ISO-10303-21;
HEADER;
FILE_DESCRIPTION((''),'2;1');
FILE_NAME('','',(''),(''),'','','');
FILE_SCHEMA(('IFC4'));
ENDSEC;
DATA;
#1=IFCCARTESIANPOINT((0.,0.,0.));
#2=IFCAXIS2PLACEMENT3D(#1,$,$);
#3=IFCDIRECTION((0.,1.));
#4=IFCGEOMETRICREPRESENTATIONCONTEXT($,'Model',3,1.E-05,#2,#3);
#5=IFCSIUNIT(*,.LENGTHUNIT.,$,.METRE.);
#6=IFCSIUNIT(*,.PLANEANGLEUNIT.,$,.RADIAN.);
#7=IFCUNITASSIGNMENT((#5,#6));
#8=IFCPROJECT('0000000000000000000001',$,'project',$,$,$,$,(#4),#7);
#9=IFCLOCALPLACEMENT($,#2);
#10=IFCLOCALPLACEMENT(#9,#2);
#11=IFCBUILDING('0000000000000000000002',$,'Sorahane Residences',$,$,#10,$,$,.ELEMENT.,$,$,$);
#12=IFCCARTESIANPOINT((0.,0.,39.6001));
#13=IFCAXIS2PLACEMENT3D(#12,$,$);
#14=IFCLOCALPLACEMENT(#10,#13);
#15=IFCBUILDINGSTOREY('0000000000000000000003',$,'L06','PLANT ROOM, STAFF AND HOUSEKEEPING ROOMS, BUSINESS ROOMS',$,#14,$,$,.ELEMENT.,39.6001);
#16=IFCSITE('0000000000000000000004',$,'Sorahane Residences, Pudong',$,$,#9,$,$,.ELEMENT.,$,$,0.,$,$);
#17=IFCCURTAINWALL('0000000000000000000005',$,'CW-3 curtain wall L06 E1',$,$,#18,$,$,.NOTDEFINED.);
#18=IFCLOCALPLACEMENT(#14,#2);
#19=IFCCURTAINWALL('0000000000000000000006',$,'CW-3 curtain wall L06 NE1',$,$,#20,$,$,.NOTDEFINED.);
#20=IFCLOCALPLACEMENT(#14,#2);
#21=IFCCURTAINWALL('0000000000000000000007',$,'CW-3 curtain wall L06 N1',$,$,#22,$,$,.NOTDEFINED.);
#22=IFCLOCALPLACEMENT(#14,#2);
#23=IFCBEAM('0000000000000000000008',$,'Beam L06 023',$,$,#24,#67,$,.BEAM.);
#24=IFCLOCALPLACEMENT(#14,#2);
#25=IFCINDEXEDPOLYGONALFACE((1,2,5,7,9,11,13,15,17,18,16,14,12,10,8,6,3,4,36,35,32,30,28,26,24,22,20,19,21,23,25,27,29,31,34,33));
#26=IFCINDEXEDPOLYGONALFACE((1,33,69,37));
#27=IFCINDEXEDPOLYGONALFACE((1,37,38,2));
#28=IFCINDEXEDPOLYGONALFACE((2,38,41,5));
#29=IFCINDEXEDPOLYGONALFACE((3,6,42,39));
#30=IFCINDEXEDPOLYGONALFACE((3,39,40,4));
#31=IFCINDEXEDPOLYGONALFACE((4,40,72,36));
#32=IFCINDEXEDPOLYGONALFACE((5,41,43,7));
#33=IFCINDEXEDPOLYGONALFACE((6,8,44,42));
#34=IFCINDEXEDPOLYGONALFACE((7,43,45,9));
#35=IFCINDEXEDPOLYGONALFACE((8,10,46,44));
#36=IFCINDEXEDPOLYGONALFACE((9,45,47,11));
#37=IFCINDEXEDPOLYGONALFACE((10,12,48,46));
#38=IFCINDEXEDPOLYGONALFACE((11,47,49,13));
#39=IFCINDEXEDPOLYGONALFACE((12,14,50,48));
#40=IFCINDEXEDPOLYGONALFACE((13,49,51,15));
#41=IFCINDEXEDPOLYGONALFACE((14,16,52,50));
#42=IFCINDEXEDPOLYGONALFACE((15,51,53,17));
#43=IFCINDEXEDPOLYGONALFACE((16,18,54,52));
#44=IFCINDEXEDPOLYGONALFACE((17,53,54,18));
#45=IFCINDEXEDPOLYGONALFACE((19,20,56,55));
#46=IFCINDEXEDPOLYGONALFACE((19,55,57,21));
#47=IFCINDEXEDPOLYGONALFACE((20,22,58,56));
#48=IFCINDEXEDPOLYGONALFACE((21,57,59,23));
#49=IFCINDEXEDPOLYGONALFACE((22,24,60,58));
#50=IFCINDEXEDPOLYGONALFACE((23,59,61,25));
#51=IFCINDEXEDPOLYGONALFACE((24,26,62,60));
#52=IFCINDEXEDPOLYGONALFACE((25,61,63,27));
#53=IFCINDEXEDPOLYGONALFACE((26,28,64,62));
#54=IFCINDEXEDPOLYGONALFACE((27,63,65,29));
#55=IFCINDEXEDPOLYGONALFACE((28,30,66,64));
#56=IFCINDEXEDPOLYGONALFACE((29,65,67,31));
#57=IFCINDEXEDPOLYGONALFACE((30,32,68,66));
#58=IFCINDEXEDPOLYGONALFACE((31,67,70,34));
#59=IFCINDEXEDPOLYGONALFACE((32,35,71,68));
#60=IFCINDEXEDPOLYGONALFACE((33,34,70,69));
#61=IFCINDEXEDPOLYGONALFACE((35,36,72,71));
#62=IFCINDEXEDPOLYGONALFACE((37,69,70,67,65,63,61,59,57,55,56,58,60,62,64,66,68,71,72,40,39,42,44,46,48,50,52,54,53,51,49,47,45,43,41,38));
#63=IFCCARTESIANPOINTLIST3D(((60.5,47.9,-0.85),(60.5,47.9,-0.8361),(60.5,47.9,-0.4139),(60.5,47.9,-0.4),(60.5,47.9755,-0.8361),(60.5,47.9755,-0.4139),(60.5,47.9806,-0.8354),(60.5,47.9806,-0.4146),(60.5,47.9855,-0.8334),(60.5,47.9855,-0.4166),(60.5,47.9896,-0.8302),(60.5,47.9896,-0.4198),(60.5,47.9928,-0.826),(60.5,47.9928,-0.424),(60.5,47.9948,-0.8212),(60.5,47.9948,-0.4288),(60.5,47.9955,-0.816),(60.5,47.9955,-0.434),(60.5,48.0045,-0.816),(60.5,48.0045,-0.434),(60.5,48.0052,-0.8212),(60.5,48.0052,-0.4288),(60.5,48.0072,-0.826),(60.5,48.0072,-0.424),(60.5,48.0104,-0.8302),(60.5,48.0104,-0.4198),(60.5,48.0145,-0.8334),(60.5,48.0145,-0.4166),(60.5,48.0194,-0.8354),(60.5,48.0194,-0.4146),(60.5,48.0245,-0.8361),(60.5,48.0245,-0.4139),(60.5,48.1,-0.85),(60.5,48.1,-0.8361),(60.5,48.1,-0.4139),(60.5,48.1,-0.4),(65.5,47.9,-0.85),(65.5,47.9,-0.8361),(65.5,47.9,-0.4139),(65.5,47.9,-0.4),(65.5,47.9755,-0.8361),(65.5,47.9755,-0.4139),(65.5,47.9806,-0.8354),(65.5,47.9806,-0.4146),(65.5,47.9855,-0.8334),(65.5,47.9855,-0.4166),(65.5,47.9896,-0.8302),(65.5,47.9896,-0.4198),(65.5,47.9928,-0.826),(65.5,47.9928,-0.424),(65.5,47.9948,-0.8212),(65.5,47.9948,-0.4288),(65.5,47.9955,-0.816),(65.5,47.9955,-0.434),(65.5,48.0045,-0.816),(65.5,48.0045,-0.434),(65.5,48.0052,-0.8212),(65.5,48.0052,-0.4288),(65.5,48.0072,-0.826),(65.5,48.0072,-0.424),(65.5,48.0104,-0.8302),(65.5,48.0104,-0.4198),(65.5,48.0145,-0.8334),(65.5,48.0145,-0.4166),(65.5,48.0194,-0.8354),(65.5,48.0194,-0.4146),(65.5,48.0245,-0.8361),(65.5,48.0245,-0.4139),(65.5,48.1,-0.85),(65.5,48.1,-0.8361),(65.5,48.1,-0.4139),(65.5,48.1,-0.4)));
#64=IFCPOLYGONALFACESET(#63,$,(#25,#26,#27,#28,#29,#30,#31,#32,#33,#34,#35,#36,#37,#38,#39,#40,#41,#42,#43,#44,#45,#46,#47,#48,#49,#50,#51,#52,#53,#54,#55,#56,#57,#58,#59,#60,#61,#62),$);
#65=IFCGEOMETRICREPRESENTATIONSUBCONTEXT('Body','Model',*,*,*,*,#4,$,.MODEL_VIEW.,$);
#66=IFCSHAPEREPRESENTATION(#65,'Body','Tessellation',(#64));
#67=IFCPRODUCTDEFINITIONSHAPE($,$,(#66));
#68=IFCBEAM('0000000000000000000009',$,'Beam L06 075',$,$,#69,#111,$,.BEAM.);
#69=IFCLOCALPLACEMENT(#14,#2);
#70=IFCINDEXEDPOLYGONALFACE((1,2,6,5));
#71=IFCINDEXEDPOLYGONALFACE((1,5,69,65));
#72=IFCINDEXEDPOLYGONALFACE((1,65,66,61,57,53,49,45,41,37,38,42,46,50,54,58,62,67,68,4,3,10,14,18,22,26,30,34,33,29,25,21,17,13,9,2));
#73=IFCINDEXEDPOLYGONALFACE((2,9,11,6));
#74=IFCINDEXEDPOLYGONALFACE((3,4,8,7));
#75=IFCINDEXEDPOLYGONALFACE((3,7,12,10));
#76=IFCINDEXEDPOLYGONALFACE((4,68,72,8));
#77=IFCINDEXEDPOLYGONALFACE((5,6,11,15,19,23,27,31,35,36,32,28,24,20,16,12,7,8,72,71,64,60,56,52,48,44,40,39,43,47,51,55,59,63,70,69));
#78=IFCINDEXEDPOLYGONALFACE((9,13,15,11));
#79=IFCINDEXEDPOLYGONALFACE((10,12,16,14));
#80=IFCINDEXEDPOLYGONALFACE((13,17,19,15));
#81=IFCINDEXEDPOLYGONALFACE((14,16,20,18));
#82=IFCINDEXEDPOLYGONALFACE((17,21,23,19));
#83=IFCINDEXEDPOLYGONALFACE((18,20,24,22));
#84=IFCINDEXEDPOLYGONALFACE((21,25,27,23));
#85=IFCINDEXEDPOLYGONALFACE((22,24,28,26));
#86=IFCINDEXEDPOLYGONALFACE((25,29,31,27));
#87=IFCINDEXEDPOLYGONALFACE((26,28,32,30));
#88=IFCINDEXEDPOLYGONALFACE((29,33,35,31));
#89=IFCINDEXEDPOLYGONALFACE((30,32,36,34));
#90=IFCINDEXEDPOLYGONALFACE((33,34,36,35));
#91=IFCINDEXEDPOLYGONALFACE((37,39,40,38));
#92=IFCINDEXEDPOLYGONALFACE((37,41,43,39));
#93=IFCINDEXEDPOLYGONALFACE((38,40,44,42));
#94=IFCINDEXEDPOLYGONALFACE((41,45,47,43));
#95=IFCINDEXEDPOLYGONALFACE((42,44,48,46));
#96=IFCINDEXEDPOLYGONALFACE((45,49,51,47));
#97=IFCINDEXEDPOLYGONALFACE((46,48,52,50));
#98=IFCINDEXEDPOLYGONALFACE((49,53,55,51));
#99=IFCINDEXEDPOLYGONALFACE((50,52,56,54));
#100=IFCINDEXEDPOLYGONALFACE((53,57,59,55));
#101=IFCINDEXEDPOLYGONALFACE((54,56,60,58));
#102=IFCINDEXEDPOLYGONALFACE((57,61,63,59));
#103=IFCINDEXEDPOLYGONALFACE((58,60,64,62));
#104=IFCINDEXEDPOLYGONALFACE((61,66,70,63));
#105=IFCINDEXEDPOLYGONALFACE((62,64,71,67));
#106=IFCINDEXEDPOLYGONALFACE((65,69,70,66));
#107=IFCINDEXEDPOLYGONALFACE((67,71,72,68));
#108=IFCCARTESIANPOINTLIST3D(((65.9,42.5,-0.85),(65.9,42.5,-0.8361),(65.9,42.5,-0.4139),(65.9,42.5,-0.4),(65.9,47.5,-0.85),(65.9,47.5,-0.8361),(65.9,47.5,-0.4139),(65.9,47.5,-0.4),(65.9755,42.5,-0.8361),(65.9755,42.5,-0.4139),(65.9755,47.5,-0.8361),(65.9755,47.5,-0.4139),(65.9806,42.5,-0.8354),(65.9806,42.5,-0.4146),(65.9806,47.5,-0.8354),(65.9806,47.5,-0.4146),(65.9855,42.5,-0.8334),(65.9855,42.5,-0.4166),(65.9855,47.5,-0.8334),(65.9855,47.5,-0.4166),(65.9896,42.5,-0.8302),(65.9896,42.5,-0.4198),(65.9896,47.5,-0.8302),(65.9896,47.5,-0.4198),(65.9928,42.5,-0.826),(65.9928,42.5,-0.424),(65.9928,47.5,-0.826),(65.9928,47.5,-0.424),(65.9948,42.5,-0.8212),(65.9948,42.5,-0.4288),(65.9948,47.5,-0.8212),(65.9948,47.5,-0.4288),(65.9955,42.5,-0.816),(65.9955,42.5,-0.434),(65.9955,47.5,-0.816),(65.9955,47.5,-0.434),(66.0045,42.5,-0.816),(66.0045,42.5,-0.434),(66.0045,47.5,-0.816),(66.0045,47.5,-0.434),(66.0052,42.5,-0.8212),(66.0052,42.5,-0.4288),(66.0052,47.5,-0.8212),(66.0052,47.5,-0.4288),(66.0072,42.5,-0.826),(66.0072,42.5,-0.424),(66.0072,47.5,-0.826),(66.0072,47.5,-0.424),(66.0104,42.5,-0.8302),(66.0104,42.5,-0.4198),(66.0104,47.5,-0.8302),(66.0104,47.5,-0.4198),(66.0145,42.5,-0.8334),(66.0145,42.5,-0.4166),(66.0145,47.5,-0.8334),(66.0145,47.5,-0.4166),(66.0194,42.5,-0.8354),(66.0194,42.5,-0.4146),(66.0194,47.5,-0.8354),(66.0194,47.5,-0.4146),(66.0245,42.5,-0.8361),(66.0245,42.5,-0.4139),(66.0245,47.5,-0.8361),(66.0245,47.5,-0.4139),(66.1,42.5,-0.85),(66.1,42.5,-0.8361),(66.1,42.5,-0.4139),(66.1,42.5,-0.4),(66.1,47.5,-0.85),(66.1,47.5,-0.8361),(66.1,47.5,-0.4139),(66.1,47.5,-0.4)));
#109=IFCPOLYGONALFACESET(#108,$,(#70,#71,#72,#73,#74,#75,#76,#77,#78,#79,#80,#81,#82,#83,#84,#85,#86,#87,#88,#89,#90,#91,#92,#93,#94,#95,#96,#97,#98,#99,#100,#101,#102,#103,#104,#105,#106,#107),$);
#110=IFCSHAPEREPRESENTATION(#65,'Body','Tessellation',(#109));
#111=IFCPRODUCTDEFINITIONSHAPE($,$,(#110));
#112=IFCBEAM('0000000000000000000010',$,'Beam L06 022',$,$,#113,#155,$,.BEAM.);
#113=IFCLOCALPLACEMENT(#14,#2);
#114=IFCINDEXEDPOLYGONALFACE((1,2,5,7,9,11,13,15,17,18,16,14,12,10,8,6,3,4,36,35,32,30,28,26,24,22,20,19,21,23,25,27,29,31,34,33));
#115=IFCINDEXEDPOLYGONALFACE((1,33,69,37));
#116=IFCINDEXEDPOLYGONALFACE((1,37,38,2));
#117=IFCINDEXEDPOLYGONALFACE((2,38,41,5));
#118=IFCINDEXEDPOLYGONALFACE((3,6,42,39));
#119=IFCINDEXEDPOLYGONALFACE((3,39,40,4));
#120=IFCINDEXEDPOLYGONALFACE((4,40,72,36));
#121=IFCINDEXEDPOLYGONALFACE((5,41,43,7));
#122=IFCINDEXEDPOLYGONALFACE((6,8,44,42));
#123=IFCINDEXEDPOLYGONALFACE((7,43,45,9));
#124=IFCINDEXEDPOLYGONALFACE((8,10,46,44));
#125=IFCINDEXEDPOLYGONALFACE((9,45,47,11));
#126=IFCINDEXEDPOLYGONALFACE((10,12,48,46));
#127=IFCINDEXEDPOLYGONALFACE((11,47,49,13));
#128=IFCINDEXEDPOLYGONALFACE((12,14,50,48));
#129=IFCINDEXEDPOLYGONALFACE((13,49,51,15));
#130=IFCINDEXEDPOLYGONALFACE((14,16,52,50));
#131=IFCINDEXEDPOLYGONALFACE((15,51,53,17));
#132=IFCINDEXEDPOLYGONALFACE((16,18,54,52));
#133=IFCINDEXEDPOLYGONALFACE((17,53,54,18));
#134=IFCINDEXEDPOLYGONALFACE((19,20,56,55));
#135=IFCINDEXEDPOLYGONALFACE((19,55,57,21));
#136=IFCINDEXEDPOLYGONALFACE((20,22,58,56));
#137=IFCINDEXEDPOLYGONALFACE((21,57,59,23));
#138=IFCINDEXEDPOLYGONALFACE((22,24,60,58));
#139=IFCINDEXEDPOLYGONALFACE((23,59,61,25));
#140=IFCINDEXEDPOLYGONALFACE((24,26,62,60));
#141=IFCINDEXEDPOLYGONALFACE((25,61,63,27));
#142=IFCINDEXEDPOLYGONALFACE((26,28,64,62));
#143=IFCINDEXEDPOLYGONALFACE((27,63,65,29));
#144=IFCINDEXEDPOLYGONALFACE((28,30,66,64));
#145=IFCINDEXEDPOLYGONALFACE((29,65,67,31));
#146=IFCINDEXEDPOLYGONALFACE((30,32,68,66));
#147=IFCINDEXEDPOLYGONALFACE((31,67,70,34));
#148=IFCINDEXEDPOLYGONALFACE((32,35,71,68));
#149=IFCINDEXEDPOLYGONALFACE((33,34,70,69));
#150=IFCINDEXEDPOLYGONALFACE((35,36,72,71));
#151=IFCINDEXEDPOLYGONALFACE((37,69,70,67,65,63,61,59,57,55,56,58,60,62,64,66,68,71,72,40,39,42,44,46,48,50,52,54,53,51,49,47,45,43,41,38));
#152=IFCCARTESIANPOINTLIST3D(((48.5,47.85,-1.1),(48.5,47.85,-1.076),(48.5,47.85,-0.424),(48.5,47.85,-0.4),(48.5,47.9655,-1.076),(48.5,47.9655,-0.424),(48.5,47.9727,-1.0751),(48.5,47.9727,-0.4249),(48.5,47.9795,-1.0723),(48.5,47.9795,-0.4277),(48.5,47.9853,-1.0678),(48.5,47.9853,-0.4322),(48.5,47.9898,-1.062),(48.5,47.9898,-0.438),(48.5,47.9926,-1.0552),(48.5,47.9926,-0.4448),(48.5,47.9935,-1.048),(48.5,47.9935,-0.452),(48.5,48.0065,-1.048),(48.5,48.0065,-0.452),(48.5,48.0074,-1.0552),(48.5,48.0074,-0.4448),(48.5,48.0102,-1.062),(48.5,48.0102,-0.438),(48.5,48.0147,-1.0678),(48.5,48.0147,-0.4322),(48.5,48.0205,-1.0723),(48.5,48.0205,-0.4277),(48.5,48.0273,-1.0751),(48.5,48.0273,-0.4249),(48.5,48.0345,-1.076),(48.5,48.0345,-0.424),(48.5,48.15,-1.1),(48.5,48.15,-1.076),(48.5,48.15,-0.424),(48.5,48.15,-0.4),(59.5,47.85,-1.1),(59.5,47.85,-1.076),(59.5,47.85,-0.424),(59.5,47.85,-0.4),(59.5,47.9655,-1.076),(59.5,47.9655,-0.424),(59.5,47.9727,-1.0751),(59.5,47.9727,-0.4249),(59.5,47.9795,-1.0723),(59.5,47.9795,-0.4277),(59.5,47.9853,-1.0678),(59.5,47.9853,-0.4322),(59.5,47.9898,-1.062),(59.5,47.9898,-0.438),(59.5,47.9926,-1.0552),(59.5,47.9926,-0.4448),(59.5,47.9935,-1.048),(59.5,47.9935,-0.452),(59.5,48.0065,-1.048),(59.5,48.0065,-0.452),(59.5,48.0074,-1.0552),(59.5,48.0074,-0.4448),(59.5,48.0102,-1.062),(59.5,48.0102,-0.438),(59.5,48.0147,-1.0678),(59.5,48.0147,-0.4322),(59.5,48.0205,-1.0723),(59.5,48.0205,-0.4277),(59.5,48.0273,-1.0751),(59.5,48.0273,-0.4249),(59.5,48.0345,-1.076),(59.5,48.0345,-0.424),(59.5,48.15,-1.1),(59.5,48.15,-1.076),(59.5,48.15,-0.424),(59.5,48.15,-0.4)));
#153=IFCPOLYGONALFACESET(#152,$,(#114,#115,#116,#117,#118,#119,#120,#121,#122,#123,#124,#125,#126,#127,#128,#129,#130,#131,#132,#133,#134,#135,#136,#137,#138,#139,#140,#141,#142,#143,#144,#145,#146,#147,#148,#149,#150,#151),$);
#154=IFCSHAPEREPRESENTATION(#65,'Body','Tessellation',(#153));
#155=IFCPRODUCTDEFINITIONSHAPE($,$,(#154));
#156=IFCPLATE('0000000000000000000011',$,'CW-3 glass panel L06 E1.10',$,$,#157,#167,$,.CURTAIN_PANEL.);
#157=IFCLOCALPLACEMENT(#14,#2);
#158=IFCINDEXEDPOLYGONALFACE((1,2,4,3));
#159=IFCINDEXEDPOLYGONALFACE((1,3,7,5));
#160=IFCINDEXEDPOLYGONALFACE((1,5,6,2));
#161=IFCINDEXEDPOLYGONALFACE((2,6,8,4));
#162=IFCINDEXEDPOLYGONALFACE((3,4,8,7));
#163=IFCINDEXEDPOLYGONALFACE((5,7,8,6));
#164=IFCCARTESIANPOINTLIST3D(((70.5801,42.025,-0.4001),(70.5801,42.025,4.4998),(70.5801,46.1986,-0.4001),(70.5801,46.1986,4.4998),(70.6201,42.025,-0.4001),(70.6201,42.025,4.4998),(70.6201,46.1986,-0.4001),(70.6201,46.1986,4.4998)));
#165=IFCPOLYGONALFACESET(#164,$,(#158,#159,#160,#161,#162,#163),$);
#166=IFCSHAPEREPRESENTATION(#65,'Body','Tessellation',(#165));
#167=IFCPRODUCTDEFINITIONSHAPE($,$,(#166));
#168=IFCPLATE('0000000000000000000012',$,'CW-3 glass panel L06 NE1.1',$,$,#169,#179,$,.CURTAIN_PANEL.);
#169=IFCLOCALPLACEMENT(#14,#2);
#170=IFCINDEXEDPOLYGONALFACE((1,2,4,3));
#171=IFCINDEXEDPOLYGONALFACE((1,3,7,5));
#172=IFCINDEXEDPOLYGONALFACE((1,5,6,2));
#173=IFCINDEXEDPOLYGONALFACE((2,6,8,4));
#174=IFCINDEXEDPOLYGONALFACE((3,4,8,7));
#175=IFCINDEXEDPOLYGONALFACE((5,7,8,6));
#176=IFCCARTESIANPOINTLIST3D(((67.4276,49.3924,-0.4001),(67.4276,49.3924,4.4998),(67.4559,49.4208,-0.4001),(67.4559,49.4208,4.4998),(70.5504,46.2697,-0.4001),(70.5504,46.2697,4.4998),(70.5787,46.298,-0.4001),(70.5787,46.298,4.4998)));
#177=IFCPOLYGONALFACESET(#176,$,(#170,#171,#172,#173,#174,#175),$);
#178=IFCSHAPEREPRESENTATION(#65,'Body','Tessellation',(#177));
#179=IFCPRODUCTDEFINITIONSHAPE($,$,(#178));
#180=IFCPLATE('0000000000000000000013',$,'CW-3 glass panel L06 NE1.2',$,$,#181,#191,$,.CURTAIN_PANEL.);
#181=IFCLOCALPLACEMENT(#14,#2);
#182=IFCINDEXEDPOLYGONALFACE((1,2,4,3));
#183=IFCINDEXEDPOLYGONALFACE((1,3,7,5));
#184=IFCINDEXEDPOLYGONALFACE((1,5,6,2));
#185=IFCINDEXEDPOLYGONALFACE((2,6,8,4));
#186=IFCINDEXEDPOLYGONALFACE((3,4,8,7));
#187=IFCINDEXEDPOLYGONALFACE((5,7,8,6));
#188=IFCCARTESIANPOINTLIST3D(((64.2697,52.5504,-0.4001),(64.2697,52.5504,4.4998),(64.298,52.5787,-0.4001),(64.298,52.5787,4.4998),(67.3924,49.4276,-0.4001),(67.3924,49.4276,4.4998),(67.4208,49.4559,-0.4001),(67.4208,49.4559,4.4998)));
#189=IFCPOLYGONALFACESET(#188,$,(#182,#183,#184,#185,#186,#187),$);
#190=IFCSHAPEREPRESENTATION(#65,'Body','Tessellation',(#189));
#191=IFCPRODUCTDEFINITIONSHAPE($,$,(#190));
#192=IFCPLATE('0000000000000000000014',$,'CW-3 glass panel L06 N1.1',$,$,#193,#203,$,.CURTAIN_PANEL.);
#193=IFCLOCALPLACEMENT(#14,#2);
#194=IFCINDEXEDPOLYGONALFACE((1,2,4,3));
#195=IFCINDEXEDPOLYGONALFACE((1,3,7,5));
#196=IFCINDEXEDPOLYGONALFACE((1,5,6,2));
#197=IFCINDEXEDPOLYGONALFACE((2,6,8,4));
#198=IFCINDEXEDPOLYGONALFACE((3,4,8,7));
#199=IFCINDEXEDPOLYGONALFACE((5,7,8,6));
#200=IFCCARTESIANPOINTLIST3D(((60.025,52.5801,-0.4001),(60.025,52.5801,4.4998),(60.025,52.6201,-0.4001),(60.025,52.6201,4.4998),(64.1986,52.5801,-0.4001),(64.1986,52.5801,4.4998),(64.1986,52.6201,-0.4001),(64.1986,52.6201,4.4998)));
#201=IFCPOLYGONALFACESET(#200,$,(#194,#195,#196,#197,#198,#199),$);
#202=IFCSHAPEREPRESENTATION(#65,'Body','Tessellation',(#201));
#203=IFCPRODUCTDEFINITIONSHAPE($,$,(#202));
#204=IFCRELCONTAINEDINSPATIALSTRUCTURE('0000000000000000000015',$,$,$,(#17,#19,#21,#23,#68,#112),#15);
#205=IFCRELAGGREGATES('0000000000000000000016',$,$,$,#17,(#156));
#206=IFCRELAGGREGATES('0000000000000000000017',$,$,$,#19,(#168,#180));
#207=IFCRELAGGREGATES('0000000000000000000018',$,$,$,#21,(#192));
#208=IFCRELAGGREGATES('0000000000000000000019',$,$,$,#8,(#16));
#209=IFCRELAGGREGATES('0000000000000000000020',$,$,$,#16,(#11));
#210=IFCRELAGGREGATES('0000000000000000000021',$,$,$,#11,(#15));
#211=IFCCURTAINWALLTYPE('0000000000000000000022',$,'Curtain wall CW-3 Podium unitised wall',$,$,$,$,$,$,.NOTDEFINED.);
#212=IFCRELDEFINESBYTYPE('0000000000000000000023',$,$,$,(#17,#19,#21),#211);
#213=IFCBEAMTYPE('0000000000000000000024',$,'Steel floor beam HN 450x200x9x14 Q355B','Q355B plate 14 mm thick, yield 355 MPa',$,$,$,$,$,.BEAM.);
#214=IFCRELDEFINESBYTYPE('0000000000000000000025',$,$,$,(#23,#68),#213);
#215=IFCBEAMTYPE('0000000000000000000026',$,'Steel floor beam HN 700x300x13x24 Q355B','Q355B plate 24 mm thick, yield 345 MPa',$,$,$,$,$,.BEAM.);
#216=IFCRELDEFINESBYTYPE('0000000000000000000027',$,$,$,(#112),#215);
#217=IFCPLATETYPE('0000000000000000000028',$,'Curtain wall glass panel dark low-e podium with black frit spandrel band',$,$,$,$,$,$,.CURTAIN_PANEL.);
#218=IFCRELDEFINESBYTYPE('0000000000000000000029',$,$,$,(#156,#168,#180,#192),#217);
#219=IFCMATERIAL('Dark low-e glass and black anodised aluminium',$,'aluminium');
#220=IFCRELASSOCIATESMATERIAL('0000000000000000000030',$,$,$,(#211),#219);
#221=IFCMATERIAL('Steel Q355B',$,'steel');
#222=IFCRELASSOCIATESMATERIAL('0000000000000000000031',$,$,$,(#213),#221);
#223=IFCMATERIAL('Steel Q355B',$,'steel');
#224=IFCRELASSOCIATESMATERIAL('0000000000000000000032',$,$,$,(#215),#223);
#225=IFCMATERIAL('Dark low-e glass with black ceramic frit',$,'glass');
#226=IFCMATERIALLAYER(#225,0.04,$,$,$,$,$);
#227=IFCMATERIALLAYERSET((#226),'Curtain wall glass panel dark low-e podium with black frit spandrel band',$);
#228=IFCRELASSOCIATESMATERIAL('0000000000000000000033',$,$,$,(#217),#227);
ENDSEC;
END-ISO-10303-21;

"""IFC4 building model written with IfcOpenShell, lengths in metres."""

from ifc_helpers import new_model, si_unit, direction, frame, origin, origin_2d, place, context, subcontext, project, spatial, rectangle, i_section, extrude, material, layer, layer_set, material_profile, profile_set, type_object, element, aggregate, save


model = new_model("IFC4")

# Units and contexts
model_context = context("Model", 3, precision=1e-05, world=origin(), true_north=direction((0.0, 1.0)))
body_context = subcontext(model_context, "Body", "Model", "MODEL_VIEW")
ifc_project = project(units=[si_unit("LENGTHUNIT", "METRE"), si_unit("PLANEANGLEUNIT", "RADIAN")], contexts=[model_context])

# Site, building, storey
site_placement = place(None, origin())
site = spatial("IfcSite", under=ifc_project, at=site_placement, Name="Sorahane Residences, Pudong", CompositionType="ELEMENT", RefElevation=0.0)
building_placement = place(site_placement, origin())
building = spatial("IfcBuilding", under=site, at=building_placement, Name="Sorahane Residences", CompositionType="ELEMENT")
storey_placement = place(building_placement, frame((0.0, 0.0, 39.6001)))
storey = spatial("IfcBuildingStorey", under=building, at=storey_placement, Name="L06", Description="PLANT ROOM, STAFF AND HOUSEKEEPING ROOMS, BUSINESS ROOMS", CompositionType="ELEMENT", Elevation=39.6001)

# Curtain wall
ifc_material_1 = material(Name="Dark low-e glass and black anodised aluminium", Category="aluminium")
curtain_wall_type = type_object("IfcCurtainWallType", Name="Curtain wall CW-3 Podium unitised wall", PredefinedType="NOTDEFINED", material=ifc_material_1)
curtain_wall_1_placement = place(storey_placement, origin())
curtain_wall_1 = element("IfcCurtainWall", 1, at=curtain_wall_1_placement, inside=storey, type_object=curtain_wall_type, Name="CW-3 curtain wall L06 E1", PredefinedType="NOTDEFINED")

# Curtain walls
curtain_wall_2_placement = place(storey_placement, origin())
curtain_wall_2 = element("IfcCurtainWall", 2, at=curtain_wall_2_placement, inside=storey, type_object=curtain_wall_type, Name="CW-3 curtain wall L06 NE1", PredefinedType="NOTDEFINED")
curtain_wall_3_placement = place(storey_placement, origin())
curtain_wall_3 = element("IfcCurtainWall", 3, at=curtain_wall_3_placement, inside=storey, type_object=curtain_wall_type, Name="CW-3 curtain wall L06 N1", PredefinedType="NOTDEFINED")

# Beams
ifc_material_2 = material(Name="Steel Q355B", Category="steel")
ifc_material_profile_1 = material_profile(ifc_material_2, i_section(OverallWidth=0.2, OverallDepth=0.45, WebThickness=0.009, FlangeThickness=0.0139, FilletRadius=0.02, at=origin_2d()), Name="HN 450x200x9x14")
ifc_profile_set_1 = profile_set([ifc_material_profile_1], Name="Steel Q355B")
beam_type_1 = type_object("IfcBeamType", Name="Steel floor beam HN 450x200x9x14 Q355B", Description="Q355B plate 14 mm thick, yield 355 MPa", PredefinedType="BEAM", material=ifc_profile_set_1)
for number, where, z_axis, x_axis, name in (
    (4, (60.5, 48.0, -0.625), (1.0, 0.0, 0.0), (0.0, 1.0, 0.0), "Beam L06 023"),
    (5, (66.0, 42.5, -0.625), (0.0, 1.0, 0.0), (-1.0, 0.0, 0.0), "Beam L06 075"),
):
    element("IfcBeam", number, at=place(storey_placement, frame(where, z_axis=z_axis, x_axis=x_axis)), inside=storey, type_object=beam_type_1, Name=name, PredefinedType="BEAM", context=body_context, shape_type="SweptSolid", body=[
        extrude(i_section(OverallWidth=0.2, OverallDepth=0.45, WebThickness=0.009, FlangeThickness=0.0139, FilletRadius=0.02, at=origin_2d()), origin(), (0.0, 0.0, 1.0), 5.0),
    ])
ifc_material_3 = material(Name="Steel Q355B", Category="steel")
ifc_material_profile_2 = material_profile(ifc_material_3, i_section(OverallWidth=0.3, OverallDepth=0.7, WebThickness=0.0129, FlangeThickness=0.0239, FilletRadius=0.0281, at=origin_2d()), Name="HN 700x300x13x24")
ifc_profile_set_2 = profile_set([ifc_material_profile_2], Name="Steel Q355B")
beam_type_2 = type_object("IfcBeamType", Name="Steel floor beam HN 700x300x13x24 Q355B", Description="Q355B plate 24 mm thick, yield 345 MPa", PredefinedType="BEAM", material=ifc_profile_set_2)
beam_placement = place(storey_placement, frame((48.5, 48.0, -0.75), z_axis=(1.0, 0.0, 0.0), x_axis=(0.0, 1.0, 0.0)))
element("IfcBeam", 6, at=beam_placement, inside=storey, type_object=beam_type_2, Name="Beam L06 022", PredefinedType="BEAM", context=body_context, shape_type="SweptSolid", body=[
    extrude(i_section(OverallWidth=0.3, OverallDepth=0.7, WebThickness=0.0129, FlangeThickness=0.0239, FilletRadius=0.0281, at=origin_2d()), origin(), (0.0, 0.0, 1.0), 11.0),
])

# Plates
ifc_material_4 = material(Name="Dark low-e glass with black ceramic frit", Category="glass")
ifc_layer_1 = layer(ifc_material_4, 0.04)
ifc_layer_set_1 = layer_set([ifc_layer_1], Name="Curtain wall glass panel dark low-e podium with black frit spandrel band")
plate_type = type_object("IfcPlateType", Name="Curtain wall glass panel dark low-e podium with black frit spandrel band", PredefinedType="CURTAIN_PANEL", material=ifc_layer_set_1)
plate_1_placement = place(storey_placement, frame((70.6001, 44.1118, -0.4001), z_axis=(0.0, 0.0, 1.0), x_axis=(0.0, 1.0, 0.0)))
plate_1 = element("IfcPlate", 7, at=plate_1_placement, type_object=plate_type, Name="CW-3 glass panel L06 E1.10", PredefinedType="CURTAIN_PANEL", context=body_context, shape_type="SweptSolid", body=[
    extrude(rectangle(XDim=4.1736, YDim=0.04, at=origin_2d()), origin(), (0.0, 0.0, 1.0), 4.8999),
])
aggregate(curtain_wall_1, [plate_1])
plate_2_placement = place(storey_placement, frame((69.0032, 47.8452, -0.4001), z_axis=(0.0, 0.0, 1.0), x_axis=(-0.707107, 0.707107, 0.0)))
plate_2 = element("IfcPlate", 8, at=plate_2_placement, type_object=plate_type, Name="CW-3 glass panel L06 NE1.1", PredefinedType="CURTAIN_PANEL", context=body_context, shape_type="SweptSolid", body=[
    extrude(rectangle(XDim=4.4163, YDim=0.04, at=origin_2d()), origin(), (0.0, 0.0, 1.0), 4.8999),
])
plate_3_placement = place(storey_placement, frame((65.8452, 51.0032, -0.4001), z_axis=(0.0, 0.0, 1.0), x_axis=(-0.707107, 0.707107, 0.0)))
plate_3 = element("IfcPlate", 9, at=plate_3_placement, type_object=plate_type, Name="CW-3 glass panel L06 NE1.2", PredefinedType="CURTAIN_PANEL", context=body_context, shape_type="SweptSolid", body=[
    extrude(rectangle(XDim=4.4163, YDim=0.04, at=origin_2d()), origin(), (0.0, 0.0, 1.0), 4.8999),
])
aggregate(curtain_wall_2, [plate_2, plate_3])
plate_4_placement = place(storey_placement, frame((62.1118, 52.6001, -0.4001), z_axis=(0.0, 0.0, 1.0), x_axis=(-1.0, 0.0, 0.0)))
plate_4 = element("IfcPlate", 10, at=plate_4_placement, type_object=plate_type, Name="CW-3 glass panel L06 N1.1", PredefinedType="CURTAIN_PANEL", context=body_context, shape_type="SweptSolid", body=[
    extrude(rectangle(XDim=4.1736, YDim=0.04, at=origin_2d()), origin(), (0.0, 0.0, 1.0), 4.8999),
])
aggregate(curtain_wall_3, [plate_4])

save(model, "model.ifc")
